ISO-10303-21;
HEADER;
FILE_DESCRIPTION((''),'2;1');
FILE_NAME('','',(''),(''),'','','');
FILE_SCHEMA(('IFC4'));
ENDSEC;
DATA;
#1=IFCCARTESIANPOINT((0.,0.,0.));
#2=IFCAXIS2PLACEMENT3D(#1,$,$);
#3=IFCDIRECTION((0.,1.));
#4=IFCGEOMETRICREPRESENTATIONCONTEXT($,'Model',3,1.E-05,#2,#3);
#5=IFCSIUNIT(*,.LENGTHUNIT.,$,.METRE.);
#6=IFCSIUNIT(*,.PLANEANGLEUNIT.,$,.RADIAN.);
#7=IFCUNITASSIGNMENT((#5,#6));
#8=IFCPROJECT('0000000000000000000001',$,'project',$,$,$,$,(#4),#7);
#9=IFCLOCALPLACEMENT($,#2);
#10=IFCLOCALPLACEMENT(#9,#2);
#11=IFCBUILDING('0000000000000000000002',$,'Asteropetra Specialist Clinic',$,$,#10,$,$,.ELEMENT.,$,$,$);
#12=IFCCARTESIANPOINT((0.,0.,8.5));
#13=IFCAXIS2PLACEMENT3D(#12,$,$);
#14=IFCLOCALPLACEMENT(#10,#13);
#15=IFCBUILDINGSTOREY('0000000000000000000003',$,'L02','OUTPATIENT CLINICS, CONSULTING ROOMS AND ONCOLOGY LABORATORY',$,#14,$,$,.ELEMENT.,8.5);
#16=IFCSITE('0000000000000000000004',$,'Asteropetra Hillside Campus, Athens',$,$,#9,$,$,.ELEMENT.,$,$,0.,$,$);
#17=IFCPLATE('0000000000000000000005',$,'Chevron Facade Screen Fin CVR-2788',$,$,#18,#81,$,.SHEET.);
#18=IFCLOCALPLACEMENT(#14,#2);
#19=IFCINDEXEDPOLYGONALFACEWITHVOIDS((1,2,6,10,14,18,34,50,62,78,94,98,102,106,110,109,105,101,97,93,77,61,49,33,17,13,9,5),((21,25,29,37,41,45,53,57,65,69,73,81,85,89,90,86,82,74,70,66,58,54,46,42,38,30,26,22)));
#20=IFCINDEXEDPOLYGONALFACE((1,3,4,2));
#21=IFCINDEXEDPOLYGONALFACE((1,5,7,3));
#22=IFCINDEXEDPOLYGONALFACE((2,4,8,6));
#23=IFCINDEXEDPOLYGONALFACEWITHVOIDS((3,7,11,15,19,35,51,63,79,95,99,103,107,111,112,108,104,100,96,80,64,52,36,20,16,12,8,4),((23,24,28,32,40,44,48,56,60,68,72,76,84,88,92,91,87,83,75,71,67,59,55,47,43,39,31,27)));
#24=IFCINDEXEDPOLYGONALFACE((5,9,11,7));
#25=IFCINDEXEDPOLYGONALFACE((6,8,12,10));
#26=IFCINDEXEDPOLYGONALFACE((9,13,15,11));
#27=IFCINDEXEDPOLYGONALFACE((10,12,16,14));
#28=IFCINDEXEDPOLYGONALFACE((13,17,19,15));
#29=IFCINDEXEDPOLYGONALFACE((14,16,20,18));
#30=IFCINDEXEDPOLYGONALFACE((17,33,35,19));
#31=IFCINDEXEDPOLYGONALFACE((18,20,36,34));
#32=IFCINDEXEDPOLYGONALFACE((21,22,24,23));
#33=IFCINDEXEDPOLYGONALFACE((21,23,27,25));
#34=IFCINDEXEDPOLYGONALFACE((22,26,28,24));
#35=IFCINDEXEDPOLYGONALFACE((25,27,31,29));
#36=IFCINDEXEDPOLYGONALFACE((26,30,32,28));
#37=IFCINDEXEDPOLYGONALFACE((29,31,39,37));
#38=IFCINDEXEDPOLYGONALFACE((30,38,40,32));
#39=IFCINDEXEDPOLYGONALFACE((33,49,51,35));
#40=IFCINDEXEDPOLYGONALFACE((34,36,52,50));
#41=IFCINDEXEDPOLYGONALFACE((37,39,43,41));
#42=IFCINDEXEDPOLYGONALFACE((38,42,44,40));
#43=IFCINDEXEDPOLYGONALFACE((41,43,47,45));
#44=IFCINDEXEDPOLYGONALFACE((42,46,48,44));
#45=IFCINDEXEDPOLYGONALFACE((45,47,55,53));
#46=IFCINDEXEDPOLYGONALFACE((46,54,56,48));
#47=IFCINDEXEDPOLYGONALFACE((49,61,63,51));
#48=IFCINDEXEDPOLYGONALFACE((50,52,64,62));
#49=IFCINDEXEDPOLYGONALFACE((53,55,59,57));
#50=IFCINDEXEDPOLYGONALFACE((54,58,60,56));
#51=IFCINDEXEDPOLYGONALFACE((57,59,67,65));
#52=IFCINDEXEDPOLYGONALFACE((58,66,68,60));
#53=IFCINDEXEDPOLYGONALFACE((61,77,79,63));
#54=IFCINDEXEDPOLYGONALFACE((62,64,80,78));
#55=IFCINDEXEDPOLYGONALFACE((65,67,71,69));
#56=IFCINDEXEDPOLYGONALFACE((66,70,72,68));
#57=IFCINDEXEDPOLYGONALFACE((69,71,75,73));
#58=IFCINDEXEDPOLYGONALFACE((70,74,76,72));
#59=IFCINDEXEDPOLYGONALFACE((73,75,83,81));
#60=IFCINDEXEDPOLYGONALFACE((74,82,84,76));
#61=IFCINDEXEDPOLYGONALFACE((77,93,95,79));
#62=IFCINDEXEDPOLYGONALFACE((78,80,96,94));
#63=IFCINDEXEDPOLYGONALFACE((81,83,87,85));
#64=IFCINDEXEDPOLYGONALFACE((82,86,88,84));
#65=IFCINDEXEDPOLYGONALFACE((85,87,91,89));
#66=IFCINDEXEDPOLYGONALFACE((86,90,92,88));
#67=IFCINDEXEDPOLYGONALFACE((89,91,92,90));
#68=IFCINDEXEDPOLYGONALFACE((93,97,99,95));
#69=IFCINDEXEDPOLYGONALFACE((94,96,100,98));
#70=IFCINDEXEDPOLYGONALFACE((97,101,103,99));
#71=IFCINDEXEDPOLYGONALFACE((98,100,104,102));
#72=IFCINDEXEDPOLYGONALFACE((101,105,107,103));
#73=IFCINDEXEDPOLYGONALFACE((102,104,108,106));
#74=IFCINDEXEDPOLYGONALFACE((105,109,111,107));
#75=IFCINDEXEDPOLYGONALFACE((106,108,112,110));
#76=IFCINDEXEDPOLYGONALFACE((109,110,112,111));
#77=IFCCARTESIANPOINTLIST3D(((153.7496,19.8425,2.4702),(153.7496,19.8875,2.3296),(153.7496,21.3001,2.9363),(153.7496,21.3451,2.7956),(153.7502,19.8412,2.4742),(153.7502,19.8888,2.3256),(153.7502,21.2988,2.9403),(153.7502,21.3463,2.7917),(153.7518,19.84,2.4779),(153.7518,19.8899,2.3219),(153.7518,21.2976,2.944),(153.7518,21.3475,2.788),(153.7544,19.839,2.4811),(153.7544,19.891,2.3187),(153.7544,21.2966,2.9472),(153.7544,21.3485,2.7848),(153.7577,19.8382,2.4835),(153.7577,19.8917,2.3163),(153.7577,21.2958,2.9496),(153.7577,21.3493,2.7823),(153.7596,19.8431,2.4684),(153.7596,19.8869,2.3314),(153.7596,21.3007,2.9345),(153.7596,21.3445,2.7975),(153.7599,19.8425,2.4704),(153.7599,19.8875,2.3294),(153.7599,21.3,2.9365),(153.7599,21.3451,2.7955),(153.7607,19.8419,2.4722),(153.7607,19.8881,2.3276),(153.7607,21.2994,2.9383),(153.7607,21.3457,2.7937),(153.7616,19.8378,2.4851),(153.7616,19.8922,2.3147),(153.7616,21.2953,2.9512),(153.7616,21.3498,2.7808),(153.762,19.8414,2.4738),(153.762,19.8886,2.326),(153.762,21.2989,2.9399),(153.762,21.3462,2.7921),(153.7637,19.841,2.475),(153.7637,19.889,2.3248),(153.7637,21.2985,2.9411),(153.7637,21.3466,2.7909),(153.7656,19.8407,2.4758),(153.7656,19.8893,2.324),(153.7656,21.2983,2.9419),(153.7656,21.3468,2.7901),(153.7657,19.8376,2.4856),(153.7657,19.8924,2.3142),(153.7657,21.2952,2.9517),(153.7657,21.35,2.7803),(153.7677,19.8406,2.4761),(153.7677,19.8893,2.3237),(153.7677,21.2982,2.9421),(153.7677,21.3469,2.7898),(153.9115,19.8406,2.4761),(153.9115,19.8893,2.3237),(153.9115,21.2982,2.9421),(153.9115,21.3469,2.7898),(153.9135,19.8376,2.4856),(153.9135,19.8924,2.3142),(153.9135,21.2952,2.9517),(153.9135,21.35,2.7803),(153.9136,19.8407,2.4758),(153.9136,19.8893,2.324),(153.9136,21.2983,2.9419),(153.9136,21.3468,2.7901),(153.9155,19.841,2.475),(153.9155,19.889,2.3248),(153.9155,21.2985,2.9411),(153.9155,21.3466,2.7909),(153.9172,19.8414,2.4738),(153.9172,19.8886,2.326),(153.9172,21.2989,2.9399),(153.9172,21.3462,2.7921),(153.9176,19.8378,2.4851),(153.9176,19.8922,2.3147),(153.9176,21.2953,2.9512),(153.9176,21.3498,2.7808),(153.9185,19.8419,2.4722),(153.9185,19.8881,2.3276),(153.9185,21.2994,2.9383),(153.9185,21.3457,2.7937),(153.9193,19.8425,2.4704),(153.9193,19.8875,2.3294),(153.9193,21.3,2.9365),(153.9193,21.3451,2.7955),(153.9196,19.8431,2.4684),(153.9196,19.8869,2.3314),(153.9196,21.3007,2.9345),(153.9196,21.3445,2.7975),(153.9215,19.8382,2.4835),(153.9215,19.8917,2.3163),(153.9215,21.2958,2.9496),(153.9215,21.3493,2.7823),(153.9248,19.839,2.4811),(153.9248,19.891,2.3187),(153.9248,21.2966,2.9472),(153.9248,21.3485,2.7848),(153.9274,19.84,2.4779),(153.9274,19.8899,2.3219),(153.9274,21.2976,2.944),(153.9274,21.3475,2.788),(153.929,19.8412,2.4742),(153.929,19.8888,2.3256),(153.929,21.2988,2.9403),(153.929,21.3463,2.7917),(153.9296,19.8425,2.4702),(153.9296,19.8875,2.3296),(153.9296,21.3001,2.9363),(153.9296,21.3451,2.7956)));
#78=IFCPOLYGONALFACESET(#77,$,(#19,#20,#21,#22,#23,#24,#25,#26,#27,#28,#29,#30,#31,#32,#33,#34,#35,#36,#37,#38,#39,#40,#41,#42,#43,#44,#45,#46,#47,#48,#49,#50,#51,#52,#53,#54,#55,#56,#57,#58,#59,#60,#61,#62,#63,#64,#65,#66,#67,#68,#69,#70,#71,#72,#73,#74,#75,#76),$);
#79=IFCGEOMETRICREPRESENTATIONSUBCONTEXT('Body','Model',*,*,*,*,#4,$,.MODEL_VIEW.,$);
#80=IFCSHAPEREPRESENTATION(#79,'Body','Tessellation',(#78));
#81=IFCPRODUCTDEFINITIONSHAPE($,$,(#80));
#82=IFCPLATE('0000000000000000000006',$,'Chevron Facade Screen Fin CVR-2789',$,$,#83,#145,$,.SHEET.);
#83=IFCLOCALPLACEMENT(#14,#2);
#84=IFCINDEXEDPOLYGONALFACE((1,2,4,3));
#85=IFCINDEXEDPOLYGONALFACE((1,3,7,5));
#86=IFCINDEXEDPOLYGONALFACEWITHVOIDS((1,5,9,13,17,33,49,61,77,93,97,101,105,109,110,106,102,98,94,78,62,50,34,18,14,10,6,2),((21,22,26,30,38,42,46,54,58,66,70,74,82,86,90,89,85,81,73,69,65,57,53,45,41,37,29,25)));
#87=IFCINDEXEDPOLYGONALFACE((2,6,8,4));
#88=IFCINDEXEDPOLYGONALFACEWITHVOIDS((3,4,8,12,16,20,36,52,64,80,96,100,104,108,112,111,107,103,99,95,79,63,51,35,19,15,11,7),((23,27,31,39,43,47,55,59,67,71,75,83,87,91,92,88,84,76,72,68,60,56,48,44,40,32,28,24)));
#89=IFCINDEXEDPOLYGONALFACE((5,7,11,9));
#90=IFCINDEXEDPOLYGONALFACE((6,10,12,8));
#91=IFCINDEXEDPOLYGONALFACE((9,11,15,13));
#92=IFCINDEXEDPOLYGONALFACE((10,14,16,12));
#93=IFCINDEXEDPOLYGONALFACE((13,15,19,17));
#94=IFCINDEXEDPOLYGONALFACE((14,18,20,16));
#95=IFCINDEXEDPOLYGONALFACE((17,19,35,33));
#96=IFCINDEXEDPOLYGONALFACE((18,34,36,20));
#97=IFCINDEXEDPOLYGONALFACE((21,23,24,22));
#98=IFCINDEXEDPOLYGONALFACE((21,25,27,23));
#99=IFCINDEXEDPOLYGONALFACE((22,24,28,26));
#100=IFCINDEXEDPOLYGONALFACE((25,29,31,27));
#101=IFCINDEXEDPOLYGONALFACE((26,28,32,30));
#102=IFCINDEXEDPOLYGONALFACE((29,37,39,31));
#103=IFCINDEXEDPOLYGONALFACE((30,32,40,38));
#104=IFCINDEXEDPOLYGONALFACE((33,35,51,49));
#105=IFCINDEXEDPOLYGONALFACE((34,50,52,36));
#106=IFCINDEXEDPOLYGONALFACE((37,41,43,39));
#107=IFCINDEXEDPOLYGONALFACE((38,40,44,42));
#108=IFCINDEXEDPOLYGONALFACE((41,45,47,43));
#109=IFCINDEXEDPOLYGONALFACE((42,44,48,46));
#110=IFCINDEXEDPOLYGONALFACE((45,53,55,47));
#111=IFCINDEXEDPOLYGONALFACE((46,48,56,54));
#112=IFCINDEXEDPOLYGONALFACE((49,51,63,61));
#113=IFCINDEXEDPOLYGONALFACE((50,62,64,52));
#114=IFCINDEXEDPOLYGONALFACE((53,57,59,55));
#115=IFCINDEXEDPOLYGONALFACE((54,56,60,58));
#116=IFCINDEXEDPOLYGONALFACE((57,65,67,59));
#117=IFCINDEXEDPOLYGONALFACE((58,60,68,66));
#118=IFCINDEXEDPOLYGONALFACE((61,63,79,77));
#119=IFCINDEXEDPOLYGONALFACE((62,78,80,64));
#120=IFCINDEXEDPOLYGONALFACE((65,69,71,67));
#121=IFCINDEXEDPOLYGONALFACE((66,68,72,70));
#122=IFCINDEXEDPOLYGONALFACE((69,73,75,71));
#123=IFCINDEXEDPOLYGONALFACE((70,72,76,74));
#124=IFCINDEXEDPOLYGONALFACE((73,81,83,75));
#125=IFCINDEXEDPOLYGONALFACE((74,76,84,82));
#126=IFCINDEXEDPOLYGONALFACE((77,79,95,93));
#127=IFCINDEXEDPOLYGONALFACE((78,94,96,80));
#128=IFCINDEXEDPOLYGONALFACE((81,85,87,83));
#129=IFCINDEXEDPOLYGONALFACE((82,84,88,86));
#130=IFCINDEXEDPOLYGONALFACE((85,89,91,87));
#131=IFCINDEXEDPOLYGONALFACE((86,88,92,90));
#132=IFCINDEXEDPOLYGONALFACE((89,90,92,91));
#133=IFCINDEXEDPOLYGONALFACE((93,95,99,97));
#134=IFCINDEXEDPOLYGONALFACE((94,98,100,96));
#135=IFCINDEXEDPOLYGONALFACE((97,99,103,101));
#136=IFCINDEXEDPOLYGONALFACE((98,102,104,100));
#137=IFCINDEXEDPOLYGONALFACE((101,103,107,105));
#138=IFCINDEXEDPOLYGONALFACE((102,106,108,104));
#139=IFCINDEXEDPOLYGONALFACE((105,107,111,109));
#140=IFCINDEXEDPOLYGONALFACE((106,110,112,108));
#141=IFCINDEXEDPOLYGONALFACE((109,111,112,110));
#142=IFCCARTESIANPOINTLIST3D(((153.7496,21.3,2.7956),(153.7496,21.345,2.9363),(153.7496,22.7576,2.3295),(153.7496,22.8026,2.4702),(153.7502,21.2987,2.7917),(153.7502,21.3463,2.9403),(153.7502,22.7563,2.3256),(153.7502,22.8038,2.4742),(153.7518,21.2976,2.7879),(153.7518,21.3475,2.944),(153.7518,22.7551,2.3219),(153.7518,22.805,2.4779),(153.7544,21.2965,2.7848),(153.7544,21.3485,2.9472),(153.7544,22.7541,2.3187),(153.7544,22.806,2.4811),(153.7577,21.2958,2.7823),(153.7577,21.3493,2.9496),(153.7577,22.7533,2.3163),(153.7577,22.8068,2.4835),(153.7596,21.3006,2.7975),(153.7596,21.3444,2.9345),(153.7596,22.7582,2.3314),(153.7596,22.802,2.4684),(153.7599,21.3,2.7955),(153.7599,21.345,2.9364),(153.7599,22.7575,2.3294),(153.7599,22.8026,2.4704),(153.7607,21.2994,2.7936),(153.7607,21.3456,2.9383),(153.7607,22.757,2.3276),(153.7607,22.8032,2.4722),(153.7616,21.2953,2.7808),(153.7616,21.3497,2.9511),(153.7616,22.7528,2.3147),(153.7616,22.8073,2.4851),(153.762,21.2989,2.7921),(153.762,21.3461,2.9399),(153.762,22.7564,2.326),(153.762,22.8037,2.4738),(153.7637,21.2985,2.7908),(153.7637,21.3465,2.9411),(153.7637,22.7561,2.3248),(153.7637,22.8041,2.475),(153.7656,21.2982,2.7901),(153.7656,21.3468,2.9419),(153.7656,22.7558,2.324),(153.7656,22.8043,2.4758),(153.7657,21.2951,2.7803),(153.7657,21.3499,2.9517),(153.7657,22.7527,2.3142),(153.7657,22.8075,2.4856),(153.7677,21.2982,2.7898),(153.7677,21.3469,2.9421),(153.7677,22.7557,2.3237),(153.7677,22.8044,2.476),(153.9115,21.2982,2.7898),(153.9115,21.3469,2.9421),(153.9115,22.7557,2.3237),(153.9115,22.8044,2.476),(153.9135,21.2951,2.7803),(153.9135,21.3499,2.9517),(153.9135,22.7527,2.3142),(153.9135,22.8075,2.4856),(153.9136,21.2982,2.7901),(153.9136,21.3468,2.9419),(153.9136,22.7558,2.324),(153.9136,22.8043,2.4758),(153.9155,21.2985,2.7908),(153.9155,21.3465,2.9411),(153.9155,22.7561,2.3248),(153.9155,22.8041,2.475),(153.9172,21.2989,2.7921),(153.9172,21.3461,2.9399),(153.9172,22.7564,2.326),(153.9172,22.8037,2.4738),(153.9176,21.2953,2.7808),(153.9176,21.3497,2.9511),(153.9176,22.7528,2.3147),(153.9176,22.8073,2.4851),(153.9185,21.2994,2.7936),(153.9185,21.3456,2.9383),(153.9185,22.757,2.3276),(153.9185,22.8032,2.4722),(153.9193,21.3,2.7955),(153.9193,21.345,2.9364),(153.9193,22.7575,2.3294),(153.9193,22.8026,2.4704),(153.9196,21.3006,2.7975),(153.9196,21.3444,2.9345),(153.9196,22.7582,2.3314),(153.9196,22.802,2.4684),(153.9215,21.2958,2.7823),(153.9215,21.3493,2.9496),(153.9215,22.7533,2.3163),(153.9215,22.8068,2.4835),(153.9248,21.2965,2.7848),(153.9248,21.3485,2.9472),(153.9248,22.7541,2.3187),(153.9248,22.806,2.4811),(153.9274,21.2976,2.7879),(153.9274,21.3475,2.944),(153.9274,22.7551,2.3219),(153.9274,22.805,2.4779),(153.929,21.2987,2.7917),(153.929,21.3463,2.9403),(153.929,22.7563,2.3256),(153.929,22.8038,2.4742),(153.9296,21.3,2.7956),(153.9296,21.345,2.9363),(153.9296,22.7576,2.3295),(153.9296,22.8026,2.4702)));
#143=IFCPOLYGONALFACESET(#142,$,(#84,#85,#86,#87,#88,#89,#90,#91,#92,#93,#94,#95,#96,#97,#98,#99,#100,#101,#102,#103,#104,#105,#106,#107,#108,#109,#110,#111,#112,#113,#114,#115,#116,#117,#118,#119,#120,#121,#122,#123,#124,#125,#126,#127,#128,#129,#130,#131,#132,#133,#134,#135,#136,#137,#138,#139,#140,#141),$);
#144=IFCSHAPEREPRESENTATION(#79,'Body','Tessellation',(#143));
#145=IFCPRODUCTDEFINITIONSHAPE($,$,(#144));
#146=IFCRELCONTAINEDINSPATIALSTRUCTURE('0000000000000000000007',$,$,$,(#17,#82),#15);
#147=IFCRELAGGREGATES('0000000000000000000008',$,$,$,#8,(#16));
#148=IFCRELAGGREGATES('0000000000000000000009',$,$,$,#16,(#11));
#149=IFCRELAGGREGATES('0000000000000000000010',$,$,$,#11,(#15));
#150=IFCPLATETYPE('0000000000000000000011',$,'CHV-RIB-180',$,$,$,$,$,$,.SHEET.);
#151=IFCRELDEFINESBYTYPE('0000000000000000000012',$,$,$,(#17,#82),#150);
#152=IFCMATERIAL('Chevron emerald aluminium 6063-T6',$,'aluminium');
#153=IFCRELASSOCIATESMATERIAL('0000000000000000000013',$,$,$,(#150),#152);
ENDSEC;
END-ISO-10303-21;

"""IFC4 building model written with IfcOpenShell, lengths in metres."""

from ifc_helpers import new_model, si_unit, direction, frame, origin, origin_2d, place, context, subcontext, project, spatial, hollow_rectangle, extrude, material, material_profile, profile_set, type_object, element, save


model = new_model("IFC4")

# Units and contexts
model_context = context("Model", 3, precision=1e-05, world=origin(), true_north=direction((0.0, 1.0)))
body_context = subcontext(model_context, "Body", "Model", "MODEL_VIEW")
ifc_project = project(units=[si_unit("LENGTHUNIT", "METRE"), si_unit("PLANEANGLEUNIT", "RADIAN")], contexts=[model_context])

# Site, building, storey
site_placement = place(None, origin())
site = spatial("IfcSite", under=ifc_project, at=site_placement, Name="Asteropetra Hillside Campus, Athens", CompositionType="ELEMENT", RefElevation=0.0)
building_placement = place(site_placement, origin())
building = spatial("IfcBuilding", under=site, at=building_placement, Name="Asteropetra Specialist Clinic", CompositionType="ELEMENT")
storey_placement = place(building_placement, frame((0.0, 0.0, 8.5)))
storey = spatial("IfcBuildingStorey", under=building, at=storey_placement, Name="L02", Description="OUTPATIENT CLINICS, CONSULTING ROOMS AND ONCOLOGY LABORATORY", CompositionType="ELEMENT", Elevation=8.5)

# Plates
ifc_material_1 = material(Name="Chevron emerald aluminium 6063-T6", Category="aluminium")
ifc_material_profile_1 = material_profile(ifc_material_1, hollow_rectangle(XDim=0.1799, YDim=0.1799, WallThickness=0.01, InnerFilletRadius=0.0081, OuterFilletRadius=0.0161, at=origin_2d()), Name="SHS 180x180x10.0")
ifc_profile_set_1 = profile_set([ifc_material_profile_1], Name="Chevron emerald aluminium 6063-T6")
plate_type = type_object("IfcPlateType", Name="CHV-RIB-180", PredefinedType="SHEET", material=ifc_profile_set_1)
for number, where, z_axis, x_axis, name in (
    (1, (153.8396, 19.865, 2.3999), (0.0, 0.952489, 0.304573), (-1.0, 0.0, 0.0), "Chevron Facade Screen Fin CVR-2788"),
    (2, (153.8396, 21.3225, 2.866), (0.0, 0.952489, -0.304573), (-1.0, 0.0, 0.0), "Chevron Facade Screen Fin CVR-2789"),
):
    element("IfcPlate", number, at=place(storey_placement, frame(where, z_axis=z_axis, x_axis=x_axis)), inside=storey, type_object=plate_type, Name=name, PredefinedType="SHEET", context=body_context, shape_type="SweptSolid", body=[
        extrude(hollow_rectangle(XDim=0.1799, YDim=0.1799, WallThickness=0.01, InnerFilletRadius=0.0081, OuterFilletRadius=0.0161, at=origin_2d()), origin(), (0.0, 0.0, 1.0), 1.5303),
    ])

save(model, "model.ifc")
